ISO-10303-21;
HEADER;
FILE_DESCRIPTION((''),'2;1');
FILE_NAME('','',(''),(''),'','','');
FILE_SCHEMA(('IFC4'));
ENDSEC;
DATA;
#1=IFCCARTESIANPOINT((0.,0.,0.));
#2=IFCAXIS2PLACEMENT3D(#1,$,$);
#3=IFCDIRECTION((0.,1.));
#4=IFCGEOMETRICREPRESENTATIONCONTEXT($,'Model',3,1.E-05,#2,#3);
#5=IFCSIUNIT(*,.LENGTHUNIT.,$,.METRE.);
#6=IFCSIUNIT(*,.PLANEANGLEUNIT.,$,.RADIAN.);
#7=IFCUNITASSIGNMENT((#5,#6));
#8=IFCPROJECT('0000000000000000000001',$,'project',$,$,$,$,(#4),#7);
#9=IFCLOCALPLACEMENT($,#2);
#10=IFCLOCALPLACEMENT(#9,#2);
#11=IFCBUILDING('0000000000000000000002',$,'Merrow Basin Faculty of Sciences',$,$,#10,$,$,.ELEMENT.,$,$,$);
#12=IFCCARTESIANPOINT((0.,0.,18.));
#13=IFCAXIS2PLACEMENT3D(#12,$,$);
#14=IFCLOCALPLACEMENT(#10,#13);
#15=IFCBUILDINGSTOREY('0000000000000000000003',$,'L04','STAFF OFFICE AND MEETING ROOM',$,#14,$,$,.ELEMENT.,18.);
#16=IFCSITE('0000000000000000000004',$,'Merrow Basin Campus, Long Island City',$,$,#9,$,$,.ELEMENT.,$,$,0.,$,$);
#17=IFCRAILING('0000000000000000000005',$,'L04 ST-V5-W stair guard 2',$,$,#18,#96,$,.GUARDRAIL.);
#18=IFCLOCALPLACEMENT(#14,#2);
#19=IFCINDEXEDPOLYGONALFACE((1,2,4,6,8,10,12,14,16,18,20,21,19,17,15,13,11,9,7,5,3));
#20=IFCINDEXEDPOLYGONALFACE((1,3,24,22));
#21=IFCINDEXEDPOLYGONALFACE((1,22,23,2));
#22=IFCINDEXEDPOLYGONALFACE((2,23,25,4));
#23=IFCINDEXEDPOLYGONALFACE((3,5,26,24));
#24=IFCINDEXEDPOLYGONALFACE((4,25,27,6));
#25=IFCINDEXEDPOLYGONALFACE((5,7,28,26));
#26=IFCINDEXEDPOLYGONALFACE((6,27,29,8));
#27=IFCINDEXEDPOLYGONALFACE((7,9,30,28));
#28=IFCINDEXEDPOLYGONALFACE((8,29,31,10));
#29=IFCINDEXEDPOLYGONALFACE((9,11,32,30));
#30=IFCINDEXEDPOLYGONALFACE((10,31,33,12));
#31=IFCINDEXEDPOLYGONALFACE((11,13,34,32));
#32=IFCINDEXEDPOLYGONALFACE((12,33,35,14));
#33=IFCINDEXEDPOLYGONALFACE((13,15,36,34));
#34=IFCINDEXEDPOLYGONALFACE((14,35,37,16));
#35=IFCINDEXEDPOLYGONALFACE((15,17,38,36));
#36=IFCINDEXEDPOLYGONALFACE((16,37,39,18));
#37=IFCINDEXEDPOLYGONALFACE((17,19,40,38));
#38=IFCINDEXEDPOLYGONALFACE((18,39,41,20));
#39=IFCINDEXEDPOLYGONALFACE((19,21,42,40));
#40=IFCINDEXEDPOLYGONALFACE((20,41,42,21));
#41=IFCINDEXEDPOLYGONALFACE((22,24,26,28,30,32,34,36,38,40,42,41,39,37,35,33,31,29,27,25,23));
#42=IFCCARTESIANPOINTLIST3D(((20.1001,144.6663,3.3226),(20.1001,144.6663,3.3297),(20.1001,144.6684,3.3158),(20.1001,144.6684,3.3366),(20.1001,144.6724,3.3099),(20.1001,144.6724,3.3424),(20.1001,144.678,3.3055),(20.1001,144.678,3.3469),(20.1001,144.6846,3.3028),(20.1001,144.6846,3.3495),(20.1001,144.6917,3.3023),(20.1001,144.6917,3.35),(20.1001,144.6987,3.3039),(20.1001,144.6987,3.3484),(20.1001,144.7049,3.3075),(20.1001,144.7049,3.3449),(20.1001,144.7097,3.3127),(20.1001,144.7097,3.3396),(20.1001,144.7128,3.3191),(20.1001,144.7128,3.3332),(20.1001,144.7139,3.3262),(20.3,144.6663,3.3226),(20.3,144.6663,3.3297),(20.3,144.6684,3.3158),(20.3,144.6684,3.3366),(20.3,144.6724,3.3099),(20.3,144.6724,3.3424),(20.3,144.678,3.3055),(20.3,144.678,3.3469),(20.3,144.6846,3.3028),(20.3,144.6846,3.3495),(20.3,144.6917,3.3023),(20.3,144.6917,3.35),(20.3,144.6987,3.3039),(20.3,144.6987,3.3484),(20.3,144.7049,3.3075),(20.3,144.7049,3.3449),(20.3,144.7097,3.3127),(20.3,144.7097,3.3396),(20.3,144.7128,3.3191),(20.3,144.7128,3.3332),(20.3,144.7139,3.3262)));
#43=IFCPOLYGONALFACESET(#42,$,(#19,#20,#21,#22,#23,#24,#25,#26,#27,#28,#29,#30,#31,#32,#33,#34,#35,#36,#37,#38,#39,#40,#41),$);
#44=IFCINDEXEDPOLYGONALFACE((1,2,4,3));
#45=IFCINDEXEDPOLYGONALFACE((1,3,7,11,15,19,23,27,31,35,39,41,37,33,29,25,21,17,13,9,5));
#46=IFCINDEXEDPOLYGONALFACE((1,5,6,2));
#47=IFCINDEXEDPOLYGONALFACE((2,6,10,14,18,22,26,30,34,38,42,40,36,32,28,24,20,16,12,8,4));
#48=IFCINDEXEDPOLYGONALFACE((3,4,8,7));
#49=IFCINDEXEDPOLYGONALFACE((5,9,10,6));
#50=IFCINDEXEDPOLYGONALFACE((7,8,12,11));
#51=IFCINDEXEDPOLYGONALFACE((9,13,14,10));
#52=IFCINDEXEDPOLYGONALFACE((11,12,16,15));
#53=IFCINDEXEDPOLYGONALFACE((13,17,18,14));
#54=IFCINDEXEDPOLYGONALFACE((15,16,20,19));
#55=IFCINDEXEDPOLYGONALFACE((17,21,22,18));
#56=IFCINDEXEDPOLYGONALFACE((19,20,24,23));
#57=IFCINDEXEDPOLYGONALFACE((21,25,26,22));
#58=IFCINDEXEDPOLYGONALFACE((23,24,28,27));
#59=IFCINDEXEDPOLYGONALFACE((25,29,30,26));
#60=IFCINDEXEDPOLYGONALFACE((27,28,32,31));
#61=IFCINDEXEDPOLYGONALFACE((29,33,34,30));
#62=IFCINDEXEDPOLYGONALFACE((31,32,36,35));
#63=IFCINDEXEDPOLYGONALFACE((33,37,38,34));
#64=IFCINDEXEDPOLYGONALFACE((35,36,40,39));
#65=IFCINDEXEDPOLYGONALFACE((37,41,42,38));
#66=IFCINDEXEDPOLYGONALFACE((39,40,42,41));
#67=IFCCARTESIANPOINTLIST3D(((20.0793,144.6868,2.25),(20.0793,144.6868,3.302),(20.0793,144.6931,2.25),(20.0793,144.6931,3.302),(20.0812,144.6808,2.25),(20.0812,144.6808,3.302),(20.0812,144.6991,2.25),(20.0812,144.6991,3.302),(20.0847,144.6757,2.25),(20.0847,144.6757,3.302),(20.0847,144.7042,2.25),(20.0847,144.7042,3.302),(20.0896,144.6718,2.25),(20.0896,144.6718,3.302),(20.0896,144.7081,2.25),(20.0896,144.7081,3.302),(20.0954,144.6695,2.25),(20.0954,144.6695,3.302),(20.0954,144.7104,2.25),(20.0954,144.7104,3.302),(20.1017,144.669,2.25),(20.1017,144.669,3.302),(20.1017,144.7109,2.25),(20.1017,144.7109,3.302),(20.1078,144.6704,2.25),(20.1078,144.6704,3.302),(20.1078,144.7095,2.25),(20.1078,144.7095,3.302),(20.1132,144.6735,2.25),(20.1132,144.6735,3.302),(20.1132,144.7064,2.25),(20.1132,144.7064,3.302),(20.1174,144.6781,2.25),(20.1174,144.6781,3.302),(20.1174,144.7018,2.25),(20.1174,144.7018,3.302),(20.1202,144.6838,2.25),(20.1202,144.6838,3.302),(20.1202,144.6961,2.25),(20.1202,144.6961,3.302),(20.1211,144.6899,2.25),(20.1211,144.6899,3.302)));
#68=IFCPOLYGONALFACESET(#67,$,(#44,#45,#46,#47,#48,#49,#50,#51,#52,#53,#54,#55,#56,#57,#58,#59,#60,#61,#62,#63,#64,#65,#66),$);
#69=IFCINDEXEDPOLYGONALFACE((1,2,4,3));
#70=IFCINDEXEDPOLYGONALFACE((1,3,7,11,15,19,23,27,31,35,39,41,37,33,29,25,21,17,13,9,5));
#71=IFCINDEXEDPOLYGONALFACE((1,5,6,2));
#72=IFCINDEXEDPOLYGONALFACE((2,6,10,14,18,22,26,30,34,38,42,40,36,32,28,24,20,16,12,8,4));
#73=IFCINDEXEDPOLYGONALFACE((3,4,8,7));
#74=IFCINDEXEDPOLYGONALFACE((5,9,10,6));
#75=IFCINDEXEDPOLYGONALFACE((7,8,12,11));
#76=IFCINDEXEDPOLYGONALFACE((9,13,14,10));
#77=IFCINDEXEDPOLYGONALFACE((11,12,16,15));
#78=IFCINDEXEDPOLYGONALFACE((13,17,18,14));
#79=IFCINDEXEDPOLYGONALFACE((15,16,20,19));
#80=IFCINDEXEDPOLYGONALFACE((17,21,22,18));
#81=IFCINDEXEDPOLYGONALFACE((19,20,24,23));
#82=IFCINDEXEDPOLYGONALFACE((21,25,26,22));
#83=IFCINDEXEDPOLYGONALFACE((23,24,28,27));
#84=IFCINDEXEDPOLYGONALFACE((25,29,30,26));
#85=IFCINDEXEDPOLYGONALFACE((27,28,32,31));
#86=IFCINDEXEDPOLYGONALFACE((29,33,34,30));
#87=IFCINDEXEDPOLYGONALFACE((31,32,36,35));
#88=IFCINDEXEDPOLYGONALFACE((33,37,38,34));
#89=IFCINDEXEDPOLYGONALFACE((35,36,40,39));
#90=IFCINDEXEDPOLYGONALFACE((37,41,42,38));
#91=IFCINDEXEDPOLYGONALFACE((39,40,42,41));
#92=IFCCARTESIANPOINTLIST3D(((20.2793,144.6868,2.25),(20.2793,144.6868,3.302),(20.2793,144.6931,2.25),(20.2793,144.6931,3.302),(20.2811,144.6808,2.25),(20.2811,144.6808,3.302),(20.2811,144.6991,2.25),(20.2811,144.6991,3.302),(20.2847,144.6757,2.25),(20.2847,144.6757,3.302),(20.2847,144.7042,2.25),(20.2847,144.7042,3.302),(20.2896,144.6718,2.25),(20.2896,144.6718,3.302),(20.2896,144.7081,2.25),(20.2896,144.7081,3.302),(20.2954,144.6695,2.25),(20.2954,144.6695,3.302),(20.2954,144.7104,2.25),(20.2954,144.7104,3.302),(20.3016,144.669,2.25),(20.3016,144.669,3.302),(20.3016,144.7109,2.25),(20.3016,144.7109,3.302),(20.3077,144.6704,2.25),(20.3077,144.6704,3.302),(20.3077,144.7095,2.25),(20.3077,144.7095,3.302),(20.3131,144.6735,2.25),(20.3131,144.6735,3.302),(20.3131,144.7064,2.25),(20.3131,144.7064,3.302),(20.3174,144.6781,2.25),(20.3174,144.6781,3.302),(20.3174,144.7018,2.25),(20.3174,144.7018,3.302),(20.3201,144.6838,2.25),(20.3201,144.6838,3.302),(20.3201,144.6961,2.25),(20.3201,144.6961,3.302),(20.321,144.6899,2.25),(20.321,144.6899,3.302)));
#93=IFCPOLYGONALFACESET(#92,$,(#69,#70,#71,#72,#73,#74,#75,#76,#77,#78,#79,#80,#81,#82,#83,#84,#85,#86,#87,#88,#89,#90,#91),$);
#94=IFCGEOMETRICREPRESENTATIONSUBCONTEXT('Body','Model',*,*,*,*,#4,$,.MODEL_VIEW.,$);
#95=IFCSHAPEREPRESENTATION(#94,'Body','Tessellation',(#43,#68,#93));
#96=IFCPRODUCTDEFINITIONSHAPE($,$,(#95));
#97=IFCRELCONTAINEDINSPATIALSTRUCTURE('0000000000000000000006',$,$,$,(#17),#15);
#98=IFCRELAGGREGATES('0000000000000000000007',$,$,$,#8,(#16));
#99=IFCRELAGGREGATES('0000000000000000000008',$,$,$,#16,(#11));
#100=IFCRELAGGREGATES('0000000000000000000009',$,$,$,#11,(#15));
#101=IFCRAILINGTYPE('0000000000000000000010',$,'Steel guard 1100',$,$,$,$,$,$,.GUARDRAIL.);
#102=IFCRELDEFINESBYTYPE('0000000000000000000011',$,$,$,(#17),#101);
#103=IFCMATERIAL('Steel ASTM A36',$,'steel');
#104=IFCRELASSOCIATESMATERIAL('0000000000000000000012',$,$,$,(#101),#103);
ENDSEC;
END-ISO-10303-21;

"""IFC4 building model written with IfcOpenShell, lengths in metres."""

from ifc_helpers import new_model, si_unit, direction, frame, origin, origin_2d, place, context, subcontext, project, spatial, circle, extrude, material, type_object, element, save


model = new_model("IFC4")

# Units and contexts
model_context = context("Model", 3, precision=1e-05, world=origin(), true_north=direction((0.0, 1.0)))
body_context = subcontext(model_context, "Body", "Model", "MODEL_VIEW")
ifc_project = project(units=[si_unit("LENGTHUNIT", "METRE"), si_unit("PLANEANGLEUNIT", "RADIAN")], contexts=[model_context])

# Site, building, storey
site_placement = place(None, origin())
site = spatial("IfcSite", under=ifc_project, at=site_placement, Name="Merrow Basin Campus, Long Island City", CompositionType="ELEMENT", RefElevation=0.0)
building_placement = place(site_placement, origin())
building = spatial("IfcBuilding", under=site, at=building_placement, Name="Merrow Basin Faculty of Sciences", CompositionType="ELEMENT")
storey_placement = place(building_placement, frame((0.0, 0.0, 18.0)))
storey = spatial("IfcBuildingStorey", under=building, at=storey_placement, Name="L04", Description="STAFF OFFICE AND MEETING ROOM", CompositionType="ELEMENT", Elevation=18.0)

# Railing
ifc_material_1 = material(Name="Steel ASTM A36", Category="steel")
railing_type_1 = type_object("IfcRailingType", Name="Steel guard 1100", PredefinedType="GUARDRAIL", material=ifc_material_1)
railing_1_placement = place(storey_placement, frame((20.1001, 144.6899, 2.25)))
element("IfcRailing", 1, at=railing_1_placement, inside=storey, type_object=railing_type_1, Name="L04 ST-V5-W stair guard 2", PredefinedType="GUARDRAIL", context=body_context, shape_type="SweptSolid", body=[
    extrude(circle(Radius=0.0239, at=origin_2d()), frame((0.0, 0.0, 1.0762), z_axis=(1.0, 0.0, 0.0), x_axis=(0.0, 1.0, 0.0)), (0.0, 0.0, 1.0), 0.2),
    extrude(circle(Radius=0.021, at=origin_2d()), origin(), (0.0, 0.0, 1.0), 1.052),
    extrude(circle(Radius=0.021, at=origin_2d()), frame((0.2, 0.0, 0.0)), (0.0, 0.0, 1.0), 1.052),
])

save(model, "model.ifc")
